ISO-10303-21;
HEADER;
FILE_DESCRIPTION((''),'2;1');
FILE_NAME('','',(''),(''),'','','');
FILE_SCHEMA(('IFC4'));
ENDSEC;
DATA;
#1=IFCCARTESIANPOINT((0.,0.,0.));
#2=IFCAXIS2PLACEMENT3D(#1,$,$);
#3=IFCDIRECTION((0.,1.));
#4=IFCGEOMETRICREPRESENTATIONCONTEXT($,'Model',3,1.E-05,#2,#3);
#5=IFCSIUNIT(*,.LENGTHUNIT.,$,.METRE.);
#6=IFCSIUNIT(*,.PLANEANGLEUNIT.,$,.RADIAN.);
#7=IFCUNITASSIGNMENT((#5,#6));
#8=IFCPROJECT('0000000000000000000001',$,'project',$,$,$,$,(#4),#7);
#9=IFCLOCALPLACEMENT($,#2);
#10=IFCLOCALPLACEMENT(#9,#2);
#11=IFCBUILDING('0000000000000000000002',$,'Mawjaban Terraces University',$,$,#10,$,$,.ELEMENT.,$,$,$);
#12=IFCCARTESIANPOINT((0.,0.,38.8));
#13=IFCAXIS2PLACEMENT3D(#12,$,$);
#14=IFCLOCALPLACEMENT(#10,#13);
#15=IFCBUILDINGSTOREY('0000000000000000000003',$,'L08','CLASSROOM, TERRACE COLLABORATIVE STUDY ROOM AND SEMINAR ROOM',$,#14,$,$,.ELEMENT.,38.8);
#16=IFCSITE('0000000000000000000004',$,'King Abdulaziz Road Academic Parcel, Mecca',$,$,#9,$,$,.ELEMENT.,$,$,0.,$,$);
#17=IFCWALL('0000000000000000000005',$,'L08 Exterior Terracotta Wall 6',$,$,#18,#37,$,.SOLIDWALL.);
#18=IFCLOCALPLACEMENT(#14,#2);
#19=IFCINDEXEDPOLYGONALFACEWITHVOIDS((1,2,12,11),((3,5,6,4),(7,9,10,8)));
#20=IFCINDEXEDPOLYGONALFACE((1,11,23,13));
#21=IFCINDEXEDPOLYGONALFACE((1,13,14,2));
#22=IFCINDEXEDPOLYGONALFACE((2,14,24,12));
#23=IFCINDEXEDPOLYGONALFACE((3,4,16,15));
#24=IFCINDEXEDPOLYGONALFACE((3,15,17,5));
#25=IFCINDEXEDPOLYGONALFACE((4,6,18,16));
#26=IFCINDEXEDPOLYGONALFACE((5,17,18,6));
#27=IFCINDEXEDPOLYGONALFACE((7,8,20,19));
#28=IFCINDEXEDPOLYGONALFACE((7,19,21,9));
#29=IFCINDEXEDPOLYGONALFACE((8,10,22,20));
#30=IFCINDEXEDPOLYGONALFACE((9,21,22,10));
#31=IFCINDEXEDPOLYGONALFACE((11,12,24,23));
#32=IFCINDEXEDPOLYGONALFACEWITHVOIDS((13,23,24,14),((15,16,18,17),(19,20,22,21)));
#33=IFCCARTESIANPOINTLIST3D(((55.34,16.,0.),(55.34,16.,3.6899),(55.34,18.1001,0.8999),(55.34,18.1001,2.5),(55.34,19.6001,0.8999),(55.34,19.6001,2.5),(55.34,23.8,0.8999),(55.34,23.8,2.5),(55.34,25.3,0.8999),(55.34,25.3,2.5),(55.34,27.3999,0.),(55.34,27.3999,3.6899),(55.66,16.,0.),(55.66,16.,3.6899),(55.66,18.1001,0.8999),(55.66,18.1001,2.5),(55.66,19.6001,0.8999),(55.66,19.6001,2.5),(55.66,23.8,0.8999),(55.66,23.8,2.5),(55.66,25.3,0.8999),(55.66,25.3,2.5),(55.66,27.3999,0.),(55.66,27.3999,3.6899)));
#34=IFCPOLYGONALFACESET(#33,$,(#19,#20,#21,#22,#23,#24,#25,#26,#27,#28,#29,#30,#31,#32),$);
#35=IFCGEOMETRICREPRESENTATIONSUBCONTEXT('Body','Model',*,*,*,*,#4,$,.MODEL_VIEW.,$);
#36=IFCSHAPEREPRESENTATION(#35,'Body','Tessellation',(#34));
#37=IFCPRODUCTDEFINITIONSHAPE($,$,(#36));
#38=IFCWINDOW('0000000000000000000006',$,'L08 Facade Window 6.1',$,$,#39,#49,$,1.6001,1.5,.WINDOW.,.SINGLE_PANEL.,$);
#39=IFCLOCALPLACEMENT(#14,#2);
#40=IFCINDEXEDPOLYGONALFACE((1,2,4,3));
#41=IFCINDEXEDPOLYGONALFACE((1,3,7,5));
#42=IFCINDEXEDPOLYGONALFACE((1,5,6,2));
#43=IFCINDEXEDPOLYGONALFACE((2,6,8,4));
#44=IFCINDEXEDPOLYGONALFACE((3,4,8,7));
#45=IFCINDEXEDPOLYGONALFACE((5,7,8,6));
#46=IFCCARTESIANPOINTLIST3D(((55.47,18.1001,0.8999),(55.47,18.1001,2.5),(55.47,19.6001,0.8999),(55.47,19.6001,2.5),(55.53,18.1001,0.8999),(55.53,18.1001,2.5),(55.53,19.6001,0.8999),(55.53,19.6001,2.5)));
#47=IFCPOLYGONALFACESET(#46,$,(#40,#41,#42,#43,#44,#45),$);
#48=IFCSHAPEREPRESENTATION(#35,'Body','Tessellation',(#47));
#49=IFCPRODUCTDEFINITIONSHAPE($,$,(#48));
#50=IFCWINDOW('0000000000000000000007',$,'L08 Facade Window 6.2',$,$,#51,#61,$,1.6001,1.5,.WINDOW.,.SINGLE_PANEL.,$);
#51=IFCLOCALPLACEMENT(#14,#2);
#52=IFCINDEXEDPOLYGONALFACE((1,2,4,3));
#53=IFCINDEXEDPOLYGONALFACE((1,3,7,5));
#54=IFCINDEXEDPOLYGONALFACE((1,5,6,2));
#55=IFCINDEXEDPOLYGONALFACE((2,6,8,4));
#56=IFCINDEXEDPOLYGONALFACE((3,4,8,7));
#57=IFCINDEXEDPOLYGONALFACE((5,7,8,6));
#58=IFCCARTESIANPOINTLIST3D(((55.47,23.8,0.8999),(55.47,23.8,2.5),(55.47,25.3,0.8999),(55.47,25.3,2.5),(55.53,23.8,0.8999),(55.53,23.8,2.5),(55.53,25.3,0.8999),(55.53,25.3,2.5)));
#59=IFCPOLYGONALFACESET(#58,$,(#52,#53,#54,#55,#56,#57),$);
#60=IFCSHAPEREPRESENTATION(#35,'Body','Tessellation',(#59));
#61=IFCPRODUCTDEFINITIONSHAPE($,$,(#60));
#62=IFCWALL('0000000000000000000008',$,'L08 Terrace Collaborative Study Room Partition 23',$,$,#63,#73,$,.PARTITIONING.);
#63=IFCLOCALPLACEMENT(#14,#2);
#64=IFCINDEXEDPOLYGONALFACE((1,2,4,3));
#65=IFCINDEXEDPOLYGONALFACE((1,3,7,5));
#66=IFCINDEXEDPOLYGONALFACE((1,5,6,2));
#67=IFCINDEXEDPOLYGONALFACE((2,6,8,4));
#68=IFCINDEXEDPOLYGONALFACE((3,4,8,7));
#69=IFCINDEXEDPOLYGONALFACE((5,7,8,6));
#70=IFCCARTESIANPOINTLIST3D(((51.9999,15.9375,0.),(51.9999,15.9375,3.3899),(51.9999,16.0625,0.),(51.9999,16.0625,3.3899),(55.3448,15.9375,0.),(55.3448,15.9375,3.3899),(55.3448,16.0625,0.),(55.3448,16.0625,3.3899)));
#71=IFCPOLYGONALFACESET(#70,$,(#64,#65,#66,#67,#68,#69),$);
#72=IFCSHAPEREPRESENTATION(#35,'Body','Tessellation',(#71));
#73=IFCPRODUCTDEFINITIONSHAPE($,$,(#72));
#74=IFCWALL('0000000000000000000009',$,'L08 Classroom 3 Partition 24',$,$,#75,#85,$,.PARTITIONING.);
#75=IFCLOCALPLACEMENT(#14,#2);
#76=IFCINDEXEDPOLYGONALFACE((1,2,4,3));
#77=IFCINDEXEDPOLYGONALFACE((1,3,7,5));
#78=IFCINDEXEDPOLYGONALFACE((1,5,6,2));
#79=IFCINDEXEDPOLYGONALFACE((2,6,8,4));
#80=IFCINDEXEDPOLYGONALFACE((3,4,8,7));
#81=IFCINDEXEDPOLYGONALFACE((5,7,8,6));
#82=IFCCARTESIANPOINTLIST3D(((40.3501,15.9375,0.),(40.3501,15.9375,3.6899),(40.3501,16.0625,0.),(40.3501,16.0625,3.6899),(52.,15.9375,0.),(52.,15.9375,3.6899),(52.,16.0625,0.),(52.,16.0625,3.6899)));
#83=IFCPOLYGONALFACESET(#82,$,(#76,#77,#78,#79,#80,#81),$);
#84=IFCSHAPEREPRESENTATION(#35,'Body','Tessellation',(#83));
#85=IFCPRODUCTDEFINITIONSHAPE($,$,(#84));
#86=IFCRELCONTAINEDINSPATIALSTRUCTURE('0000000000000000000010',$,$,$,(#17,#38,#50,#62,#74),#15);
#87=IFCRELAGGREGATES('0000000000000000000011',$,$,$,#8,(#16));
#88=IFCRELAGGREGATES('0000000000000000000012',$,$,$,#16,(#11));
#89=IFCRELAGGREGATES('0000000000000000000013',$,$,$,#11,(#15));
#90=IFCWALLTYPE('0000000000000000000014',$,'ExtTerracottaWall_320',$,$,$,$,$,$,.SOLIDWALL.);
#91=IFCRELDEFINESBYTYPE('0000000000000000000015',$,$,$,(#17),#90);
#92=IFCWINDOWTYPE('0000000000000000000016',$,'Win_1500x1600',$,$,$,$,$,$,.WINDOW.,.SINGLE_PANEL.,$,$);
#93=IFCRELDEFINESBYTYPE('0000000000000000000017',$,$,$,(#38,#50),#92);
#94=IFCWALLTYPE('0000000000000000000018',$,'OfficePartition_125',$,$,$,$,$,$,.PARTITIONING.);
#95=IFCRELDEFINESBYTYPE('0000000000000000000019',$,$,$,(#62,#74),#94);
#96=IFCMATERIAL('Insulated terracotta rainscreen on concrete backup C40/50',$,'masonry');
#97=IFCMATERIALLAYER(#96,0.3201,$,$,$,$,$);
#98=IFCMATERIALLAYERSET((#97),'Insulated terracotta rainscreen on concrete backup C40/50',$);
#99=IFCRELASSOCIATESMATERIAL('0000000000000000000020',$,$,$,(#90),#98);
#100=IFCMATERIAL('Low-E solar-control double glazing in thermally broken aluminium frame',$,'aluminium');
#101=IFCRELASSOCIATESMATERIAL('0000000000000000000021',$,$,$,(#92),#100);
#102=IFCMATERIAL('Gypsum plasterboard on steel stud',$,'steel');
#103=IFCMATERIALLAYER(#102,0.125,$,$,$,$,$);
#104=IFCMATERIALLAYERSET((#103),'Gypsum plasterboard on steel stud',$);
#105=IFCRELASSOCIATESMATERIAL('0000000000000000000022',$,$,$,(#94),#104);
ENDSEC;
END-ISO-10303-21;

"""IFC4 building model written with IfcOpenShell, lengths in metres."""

from ifc_helpers import new_model, si_unit, direction, frame, frame_2d, origin, place, context, subcontext, project, spatial, rectangle, extrude, material, layer, layer_set, type_object, element, fill, save


model = new_model("IFC4")

# Units and contexts
model_context = context("Model", 3, precision=1e-05, world=origin(), true_north=direction((0.0, 1.0)))
body_context = subcontext(model_context, "Body", "Model", "MODEL_VIEW")
ifc_project = project(units=[si_unit("LENGTHUNIT", "METRE"), si_unit("PLANEANGLEUNIT", "RADIAN")], contexts=[model_context])

# Site, building, storey
site_placement = place(None, origin())
site = spatial("IfcSite", under=ifc_project, at=site_placement, Name="King Abdulaziz Road Academic Parcel, Mecca", CompositionType="ELEMENT", RefElevation=0.0)
building_placement = place(site_placement, origin())
building = spatial("IfcBuilding", under=site, at=building_placement, Name="Mawjaban Terraces University", CompositionType="ELEMENT")
storey_placement = place(building_placement, frame((0.0, 0.0, 38.8)))
storey = spatial("IfcBuildingStorey", under=building, at=storey_placement, Name="L08", Description="CLASSROOM, TERRACE COLLABORATIVE STUDY ROOM AND SEMINAR ROOM", CompositionType="ELEMENT", Elevation=38.8)

# Wall, openings, windows
ifc_material_1 = material(Name="Insulated terracotta rainscreen on concrete backup C40/50", Category="masonry")
ifc_layer_1 = layer(ifc_material_1, 0.3201)
ifc_layer_set_1 = layer_set([ifc_layer_1], Name="Insulated terracotta rainscreen on concrete backup C40/50")
wall_type_1 = type_object("IfcWallType", Name="ExtTerracottaWall_320", PredefinedType="SOLIDWALL", material=ifc_layer_set_1)
wall_1_placement = place(storey_placement, frame((55.5, 16.0, 0.0), z_axis=(0.0, 0.0, 1.0), x_axis=(0.0, 1.0, 0.0)))
wall_1 = element("IfcWall", 1, at=wall_1_placement, inside=storey, type_object=wall_type_1, Name="L08 Exterior Terracotta Wall 6", PredefinedType="SOLIDWALL", context=body_context, shape_type="SweptSolid", body=[
    extrude(rectangle(XDim=11.3999, YDim=0.3201, at=frame_2d((5.7, 0.0))), origin(), (0.0, 0.0, 1.0), 3.6899),
])
opening_1_placement = place(wall_1_placement, frame((2.1001, 0.0, 0.8999)))
opening_1 = element("IfcOpeningElement", 2, at=opening_1_placement, cuts=wall_1, PredefinedType="OPENING", context=body_context, shape_type="SweptSolid", body=[
    extrude(rectangle(XDim=1.5, YDim=1.6001, at=frame_2d((0.75, 0.8))), frame((0.0, 0.1699, 0.0), z_axis=(0.0, -1.0, 0.0), x_axis=(1.0, 0.0, 0.0)), (0.0, 0.0, 1.0), 0.3401),
])
opening_2_placement = place(wall_1_placement, frame((7.8, 0.0, 0.8999)))
opening_2 = element("IfcOpeningElement", 3, at=opening_2_placement, cuts=wall_1, PredefinedType="OPENING", context=body_context, shape_type="SweptSolid", body=[
    extrude(rectangle(XDim=1.5, YDim=1.6001, at=frame_2d((0.75, 0.8))), frame((0.0, 0.1699, 0.0), z_axis=(0.0, -1.0, 0.0), x_axis=(1.0, 0.0, 0.0)), (0.0, 0.0, 1.0), 0.3401),
])
ifc_material_2 = material(Name="Low-E solar-control double glazing in thermally broken aluminium frame", Category="aluminium")
window_type = type_object("IfcWindowType", Name="Win_1500x1600", PartitioningType="SINGLE_PANEL", PredefinedType="WINDOW", material=ifc_material_2)
window_1_placement = place(opening_1_placement, origin())
window_1 = element("IfcWindow", 4, at=window_1_placement, inside=storey, type_object=window_type, Name="L08 Facade Window 6.1", OverallHeight=1.6001, OverallWidth=1.5, PartitioningType="SINGLE_PANEL", PredefinedType="WINDOW", context=body_context, shape_type="SweptSolid", body=[
    extrude(rectangle(XDim=1.5, YDim=1.6001, at=frame_2d((0.75, 0.8))), frame((0.0, 0.03, 0.0), z_axis=(0.0, -1.0, 0.0), x_axis=(1.0, 0.0, 0.0)), (0.0, 0.0, 1.0), 0.0601),
])
fill(opening_1, window_1)
window_2_placement = place(opening_2_placement, origin())
window_2 = element("IfcWindow", 5, at=window_2_placement, inside=storey, type_object=window_type, Name="L08 Facade Window 6.2", OverallHeight=1.6001, OverallWidth=1.5, PartitioningType="SINGLE_PANEL", PredefinedType="WINDOW", context=body_context, shape_type="SweptSolid", body=[
    extrude(rectangle(XDim=1.5, YDim=1.6001, at=frame_2d((0.75, 0.8))), frame((0.0, 0.03, 0.0), z_axis=(0.0, -1.0, 0.0), x_axis=(1.0, 0.0, 0.0)), (0.0, 0.0, 1.0), 0.0601),
])
fill(opening_2, window_2)

# Walls
ifc_material_3 = material(Name="Gypsum plasterboard on steel stud", Category="steel")
ifc_layer_2 = layer(ifc_material_3, 0.125)
ifc_layer_set_2 = layer_set([ifc_layer_2], Name="Gypsum plasterboard on steel stud")
wall_type_2 = type_object("IfcWallType", Name="OfficePartition_125", PredefinedType="PARTITIONING", material=ifc_layer_set_2)
wall_2_placement = place(storey_placement, frame((52.0, 16.0, 0.0), z_axis=(0.0, 0.0, 1.0), x_axis=(1.0, 0.0, 0.0)))
element("IfcWall", 6, at=wall_2_placement, inside=storey, type_object=wall_type_2, Name="L08 Terrace Collaborative Study Room Partition 23", PredefinedType="PARTITIONING", context=body_context, shape_type="SweptSolid", body=[
    extrude(rectangle(XDim=3.345, YDim=0.125, at=frame_2d((1.6724, 0.0))), origin(), (0.0, 0.0, 1.0), 3.3899),
])
wall_3_placement = place(storey_placement, frame((52.0, 16.0, 0.0), z_axis=(0.0, 0.0, 1.0), x_axis=(-1.0, 0.0, 0.0)))
element("IfcWall", 7, at=wall_3_placement, inside=storey, type_object=wall_type_2, Name="L08 Classroom 3 Partition 24", PredefinedType="PARTITIONING", context=body_context, shape_type="SweptSolid", body=[
    extrude(rectangle(XDim=11.6499, YDim=0.125, at=frame_2d((5.825, 0.0))), origin(), (0.0, 0.0, 1.0), 3.6899),
])

save(model, "model.ifc")
